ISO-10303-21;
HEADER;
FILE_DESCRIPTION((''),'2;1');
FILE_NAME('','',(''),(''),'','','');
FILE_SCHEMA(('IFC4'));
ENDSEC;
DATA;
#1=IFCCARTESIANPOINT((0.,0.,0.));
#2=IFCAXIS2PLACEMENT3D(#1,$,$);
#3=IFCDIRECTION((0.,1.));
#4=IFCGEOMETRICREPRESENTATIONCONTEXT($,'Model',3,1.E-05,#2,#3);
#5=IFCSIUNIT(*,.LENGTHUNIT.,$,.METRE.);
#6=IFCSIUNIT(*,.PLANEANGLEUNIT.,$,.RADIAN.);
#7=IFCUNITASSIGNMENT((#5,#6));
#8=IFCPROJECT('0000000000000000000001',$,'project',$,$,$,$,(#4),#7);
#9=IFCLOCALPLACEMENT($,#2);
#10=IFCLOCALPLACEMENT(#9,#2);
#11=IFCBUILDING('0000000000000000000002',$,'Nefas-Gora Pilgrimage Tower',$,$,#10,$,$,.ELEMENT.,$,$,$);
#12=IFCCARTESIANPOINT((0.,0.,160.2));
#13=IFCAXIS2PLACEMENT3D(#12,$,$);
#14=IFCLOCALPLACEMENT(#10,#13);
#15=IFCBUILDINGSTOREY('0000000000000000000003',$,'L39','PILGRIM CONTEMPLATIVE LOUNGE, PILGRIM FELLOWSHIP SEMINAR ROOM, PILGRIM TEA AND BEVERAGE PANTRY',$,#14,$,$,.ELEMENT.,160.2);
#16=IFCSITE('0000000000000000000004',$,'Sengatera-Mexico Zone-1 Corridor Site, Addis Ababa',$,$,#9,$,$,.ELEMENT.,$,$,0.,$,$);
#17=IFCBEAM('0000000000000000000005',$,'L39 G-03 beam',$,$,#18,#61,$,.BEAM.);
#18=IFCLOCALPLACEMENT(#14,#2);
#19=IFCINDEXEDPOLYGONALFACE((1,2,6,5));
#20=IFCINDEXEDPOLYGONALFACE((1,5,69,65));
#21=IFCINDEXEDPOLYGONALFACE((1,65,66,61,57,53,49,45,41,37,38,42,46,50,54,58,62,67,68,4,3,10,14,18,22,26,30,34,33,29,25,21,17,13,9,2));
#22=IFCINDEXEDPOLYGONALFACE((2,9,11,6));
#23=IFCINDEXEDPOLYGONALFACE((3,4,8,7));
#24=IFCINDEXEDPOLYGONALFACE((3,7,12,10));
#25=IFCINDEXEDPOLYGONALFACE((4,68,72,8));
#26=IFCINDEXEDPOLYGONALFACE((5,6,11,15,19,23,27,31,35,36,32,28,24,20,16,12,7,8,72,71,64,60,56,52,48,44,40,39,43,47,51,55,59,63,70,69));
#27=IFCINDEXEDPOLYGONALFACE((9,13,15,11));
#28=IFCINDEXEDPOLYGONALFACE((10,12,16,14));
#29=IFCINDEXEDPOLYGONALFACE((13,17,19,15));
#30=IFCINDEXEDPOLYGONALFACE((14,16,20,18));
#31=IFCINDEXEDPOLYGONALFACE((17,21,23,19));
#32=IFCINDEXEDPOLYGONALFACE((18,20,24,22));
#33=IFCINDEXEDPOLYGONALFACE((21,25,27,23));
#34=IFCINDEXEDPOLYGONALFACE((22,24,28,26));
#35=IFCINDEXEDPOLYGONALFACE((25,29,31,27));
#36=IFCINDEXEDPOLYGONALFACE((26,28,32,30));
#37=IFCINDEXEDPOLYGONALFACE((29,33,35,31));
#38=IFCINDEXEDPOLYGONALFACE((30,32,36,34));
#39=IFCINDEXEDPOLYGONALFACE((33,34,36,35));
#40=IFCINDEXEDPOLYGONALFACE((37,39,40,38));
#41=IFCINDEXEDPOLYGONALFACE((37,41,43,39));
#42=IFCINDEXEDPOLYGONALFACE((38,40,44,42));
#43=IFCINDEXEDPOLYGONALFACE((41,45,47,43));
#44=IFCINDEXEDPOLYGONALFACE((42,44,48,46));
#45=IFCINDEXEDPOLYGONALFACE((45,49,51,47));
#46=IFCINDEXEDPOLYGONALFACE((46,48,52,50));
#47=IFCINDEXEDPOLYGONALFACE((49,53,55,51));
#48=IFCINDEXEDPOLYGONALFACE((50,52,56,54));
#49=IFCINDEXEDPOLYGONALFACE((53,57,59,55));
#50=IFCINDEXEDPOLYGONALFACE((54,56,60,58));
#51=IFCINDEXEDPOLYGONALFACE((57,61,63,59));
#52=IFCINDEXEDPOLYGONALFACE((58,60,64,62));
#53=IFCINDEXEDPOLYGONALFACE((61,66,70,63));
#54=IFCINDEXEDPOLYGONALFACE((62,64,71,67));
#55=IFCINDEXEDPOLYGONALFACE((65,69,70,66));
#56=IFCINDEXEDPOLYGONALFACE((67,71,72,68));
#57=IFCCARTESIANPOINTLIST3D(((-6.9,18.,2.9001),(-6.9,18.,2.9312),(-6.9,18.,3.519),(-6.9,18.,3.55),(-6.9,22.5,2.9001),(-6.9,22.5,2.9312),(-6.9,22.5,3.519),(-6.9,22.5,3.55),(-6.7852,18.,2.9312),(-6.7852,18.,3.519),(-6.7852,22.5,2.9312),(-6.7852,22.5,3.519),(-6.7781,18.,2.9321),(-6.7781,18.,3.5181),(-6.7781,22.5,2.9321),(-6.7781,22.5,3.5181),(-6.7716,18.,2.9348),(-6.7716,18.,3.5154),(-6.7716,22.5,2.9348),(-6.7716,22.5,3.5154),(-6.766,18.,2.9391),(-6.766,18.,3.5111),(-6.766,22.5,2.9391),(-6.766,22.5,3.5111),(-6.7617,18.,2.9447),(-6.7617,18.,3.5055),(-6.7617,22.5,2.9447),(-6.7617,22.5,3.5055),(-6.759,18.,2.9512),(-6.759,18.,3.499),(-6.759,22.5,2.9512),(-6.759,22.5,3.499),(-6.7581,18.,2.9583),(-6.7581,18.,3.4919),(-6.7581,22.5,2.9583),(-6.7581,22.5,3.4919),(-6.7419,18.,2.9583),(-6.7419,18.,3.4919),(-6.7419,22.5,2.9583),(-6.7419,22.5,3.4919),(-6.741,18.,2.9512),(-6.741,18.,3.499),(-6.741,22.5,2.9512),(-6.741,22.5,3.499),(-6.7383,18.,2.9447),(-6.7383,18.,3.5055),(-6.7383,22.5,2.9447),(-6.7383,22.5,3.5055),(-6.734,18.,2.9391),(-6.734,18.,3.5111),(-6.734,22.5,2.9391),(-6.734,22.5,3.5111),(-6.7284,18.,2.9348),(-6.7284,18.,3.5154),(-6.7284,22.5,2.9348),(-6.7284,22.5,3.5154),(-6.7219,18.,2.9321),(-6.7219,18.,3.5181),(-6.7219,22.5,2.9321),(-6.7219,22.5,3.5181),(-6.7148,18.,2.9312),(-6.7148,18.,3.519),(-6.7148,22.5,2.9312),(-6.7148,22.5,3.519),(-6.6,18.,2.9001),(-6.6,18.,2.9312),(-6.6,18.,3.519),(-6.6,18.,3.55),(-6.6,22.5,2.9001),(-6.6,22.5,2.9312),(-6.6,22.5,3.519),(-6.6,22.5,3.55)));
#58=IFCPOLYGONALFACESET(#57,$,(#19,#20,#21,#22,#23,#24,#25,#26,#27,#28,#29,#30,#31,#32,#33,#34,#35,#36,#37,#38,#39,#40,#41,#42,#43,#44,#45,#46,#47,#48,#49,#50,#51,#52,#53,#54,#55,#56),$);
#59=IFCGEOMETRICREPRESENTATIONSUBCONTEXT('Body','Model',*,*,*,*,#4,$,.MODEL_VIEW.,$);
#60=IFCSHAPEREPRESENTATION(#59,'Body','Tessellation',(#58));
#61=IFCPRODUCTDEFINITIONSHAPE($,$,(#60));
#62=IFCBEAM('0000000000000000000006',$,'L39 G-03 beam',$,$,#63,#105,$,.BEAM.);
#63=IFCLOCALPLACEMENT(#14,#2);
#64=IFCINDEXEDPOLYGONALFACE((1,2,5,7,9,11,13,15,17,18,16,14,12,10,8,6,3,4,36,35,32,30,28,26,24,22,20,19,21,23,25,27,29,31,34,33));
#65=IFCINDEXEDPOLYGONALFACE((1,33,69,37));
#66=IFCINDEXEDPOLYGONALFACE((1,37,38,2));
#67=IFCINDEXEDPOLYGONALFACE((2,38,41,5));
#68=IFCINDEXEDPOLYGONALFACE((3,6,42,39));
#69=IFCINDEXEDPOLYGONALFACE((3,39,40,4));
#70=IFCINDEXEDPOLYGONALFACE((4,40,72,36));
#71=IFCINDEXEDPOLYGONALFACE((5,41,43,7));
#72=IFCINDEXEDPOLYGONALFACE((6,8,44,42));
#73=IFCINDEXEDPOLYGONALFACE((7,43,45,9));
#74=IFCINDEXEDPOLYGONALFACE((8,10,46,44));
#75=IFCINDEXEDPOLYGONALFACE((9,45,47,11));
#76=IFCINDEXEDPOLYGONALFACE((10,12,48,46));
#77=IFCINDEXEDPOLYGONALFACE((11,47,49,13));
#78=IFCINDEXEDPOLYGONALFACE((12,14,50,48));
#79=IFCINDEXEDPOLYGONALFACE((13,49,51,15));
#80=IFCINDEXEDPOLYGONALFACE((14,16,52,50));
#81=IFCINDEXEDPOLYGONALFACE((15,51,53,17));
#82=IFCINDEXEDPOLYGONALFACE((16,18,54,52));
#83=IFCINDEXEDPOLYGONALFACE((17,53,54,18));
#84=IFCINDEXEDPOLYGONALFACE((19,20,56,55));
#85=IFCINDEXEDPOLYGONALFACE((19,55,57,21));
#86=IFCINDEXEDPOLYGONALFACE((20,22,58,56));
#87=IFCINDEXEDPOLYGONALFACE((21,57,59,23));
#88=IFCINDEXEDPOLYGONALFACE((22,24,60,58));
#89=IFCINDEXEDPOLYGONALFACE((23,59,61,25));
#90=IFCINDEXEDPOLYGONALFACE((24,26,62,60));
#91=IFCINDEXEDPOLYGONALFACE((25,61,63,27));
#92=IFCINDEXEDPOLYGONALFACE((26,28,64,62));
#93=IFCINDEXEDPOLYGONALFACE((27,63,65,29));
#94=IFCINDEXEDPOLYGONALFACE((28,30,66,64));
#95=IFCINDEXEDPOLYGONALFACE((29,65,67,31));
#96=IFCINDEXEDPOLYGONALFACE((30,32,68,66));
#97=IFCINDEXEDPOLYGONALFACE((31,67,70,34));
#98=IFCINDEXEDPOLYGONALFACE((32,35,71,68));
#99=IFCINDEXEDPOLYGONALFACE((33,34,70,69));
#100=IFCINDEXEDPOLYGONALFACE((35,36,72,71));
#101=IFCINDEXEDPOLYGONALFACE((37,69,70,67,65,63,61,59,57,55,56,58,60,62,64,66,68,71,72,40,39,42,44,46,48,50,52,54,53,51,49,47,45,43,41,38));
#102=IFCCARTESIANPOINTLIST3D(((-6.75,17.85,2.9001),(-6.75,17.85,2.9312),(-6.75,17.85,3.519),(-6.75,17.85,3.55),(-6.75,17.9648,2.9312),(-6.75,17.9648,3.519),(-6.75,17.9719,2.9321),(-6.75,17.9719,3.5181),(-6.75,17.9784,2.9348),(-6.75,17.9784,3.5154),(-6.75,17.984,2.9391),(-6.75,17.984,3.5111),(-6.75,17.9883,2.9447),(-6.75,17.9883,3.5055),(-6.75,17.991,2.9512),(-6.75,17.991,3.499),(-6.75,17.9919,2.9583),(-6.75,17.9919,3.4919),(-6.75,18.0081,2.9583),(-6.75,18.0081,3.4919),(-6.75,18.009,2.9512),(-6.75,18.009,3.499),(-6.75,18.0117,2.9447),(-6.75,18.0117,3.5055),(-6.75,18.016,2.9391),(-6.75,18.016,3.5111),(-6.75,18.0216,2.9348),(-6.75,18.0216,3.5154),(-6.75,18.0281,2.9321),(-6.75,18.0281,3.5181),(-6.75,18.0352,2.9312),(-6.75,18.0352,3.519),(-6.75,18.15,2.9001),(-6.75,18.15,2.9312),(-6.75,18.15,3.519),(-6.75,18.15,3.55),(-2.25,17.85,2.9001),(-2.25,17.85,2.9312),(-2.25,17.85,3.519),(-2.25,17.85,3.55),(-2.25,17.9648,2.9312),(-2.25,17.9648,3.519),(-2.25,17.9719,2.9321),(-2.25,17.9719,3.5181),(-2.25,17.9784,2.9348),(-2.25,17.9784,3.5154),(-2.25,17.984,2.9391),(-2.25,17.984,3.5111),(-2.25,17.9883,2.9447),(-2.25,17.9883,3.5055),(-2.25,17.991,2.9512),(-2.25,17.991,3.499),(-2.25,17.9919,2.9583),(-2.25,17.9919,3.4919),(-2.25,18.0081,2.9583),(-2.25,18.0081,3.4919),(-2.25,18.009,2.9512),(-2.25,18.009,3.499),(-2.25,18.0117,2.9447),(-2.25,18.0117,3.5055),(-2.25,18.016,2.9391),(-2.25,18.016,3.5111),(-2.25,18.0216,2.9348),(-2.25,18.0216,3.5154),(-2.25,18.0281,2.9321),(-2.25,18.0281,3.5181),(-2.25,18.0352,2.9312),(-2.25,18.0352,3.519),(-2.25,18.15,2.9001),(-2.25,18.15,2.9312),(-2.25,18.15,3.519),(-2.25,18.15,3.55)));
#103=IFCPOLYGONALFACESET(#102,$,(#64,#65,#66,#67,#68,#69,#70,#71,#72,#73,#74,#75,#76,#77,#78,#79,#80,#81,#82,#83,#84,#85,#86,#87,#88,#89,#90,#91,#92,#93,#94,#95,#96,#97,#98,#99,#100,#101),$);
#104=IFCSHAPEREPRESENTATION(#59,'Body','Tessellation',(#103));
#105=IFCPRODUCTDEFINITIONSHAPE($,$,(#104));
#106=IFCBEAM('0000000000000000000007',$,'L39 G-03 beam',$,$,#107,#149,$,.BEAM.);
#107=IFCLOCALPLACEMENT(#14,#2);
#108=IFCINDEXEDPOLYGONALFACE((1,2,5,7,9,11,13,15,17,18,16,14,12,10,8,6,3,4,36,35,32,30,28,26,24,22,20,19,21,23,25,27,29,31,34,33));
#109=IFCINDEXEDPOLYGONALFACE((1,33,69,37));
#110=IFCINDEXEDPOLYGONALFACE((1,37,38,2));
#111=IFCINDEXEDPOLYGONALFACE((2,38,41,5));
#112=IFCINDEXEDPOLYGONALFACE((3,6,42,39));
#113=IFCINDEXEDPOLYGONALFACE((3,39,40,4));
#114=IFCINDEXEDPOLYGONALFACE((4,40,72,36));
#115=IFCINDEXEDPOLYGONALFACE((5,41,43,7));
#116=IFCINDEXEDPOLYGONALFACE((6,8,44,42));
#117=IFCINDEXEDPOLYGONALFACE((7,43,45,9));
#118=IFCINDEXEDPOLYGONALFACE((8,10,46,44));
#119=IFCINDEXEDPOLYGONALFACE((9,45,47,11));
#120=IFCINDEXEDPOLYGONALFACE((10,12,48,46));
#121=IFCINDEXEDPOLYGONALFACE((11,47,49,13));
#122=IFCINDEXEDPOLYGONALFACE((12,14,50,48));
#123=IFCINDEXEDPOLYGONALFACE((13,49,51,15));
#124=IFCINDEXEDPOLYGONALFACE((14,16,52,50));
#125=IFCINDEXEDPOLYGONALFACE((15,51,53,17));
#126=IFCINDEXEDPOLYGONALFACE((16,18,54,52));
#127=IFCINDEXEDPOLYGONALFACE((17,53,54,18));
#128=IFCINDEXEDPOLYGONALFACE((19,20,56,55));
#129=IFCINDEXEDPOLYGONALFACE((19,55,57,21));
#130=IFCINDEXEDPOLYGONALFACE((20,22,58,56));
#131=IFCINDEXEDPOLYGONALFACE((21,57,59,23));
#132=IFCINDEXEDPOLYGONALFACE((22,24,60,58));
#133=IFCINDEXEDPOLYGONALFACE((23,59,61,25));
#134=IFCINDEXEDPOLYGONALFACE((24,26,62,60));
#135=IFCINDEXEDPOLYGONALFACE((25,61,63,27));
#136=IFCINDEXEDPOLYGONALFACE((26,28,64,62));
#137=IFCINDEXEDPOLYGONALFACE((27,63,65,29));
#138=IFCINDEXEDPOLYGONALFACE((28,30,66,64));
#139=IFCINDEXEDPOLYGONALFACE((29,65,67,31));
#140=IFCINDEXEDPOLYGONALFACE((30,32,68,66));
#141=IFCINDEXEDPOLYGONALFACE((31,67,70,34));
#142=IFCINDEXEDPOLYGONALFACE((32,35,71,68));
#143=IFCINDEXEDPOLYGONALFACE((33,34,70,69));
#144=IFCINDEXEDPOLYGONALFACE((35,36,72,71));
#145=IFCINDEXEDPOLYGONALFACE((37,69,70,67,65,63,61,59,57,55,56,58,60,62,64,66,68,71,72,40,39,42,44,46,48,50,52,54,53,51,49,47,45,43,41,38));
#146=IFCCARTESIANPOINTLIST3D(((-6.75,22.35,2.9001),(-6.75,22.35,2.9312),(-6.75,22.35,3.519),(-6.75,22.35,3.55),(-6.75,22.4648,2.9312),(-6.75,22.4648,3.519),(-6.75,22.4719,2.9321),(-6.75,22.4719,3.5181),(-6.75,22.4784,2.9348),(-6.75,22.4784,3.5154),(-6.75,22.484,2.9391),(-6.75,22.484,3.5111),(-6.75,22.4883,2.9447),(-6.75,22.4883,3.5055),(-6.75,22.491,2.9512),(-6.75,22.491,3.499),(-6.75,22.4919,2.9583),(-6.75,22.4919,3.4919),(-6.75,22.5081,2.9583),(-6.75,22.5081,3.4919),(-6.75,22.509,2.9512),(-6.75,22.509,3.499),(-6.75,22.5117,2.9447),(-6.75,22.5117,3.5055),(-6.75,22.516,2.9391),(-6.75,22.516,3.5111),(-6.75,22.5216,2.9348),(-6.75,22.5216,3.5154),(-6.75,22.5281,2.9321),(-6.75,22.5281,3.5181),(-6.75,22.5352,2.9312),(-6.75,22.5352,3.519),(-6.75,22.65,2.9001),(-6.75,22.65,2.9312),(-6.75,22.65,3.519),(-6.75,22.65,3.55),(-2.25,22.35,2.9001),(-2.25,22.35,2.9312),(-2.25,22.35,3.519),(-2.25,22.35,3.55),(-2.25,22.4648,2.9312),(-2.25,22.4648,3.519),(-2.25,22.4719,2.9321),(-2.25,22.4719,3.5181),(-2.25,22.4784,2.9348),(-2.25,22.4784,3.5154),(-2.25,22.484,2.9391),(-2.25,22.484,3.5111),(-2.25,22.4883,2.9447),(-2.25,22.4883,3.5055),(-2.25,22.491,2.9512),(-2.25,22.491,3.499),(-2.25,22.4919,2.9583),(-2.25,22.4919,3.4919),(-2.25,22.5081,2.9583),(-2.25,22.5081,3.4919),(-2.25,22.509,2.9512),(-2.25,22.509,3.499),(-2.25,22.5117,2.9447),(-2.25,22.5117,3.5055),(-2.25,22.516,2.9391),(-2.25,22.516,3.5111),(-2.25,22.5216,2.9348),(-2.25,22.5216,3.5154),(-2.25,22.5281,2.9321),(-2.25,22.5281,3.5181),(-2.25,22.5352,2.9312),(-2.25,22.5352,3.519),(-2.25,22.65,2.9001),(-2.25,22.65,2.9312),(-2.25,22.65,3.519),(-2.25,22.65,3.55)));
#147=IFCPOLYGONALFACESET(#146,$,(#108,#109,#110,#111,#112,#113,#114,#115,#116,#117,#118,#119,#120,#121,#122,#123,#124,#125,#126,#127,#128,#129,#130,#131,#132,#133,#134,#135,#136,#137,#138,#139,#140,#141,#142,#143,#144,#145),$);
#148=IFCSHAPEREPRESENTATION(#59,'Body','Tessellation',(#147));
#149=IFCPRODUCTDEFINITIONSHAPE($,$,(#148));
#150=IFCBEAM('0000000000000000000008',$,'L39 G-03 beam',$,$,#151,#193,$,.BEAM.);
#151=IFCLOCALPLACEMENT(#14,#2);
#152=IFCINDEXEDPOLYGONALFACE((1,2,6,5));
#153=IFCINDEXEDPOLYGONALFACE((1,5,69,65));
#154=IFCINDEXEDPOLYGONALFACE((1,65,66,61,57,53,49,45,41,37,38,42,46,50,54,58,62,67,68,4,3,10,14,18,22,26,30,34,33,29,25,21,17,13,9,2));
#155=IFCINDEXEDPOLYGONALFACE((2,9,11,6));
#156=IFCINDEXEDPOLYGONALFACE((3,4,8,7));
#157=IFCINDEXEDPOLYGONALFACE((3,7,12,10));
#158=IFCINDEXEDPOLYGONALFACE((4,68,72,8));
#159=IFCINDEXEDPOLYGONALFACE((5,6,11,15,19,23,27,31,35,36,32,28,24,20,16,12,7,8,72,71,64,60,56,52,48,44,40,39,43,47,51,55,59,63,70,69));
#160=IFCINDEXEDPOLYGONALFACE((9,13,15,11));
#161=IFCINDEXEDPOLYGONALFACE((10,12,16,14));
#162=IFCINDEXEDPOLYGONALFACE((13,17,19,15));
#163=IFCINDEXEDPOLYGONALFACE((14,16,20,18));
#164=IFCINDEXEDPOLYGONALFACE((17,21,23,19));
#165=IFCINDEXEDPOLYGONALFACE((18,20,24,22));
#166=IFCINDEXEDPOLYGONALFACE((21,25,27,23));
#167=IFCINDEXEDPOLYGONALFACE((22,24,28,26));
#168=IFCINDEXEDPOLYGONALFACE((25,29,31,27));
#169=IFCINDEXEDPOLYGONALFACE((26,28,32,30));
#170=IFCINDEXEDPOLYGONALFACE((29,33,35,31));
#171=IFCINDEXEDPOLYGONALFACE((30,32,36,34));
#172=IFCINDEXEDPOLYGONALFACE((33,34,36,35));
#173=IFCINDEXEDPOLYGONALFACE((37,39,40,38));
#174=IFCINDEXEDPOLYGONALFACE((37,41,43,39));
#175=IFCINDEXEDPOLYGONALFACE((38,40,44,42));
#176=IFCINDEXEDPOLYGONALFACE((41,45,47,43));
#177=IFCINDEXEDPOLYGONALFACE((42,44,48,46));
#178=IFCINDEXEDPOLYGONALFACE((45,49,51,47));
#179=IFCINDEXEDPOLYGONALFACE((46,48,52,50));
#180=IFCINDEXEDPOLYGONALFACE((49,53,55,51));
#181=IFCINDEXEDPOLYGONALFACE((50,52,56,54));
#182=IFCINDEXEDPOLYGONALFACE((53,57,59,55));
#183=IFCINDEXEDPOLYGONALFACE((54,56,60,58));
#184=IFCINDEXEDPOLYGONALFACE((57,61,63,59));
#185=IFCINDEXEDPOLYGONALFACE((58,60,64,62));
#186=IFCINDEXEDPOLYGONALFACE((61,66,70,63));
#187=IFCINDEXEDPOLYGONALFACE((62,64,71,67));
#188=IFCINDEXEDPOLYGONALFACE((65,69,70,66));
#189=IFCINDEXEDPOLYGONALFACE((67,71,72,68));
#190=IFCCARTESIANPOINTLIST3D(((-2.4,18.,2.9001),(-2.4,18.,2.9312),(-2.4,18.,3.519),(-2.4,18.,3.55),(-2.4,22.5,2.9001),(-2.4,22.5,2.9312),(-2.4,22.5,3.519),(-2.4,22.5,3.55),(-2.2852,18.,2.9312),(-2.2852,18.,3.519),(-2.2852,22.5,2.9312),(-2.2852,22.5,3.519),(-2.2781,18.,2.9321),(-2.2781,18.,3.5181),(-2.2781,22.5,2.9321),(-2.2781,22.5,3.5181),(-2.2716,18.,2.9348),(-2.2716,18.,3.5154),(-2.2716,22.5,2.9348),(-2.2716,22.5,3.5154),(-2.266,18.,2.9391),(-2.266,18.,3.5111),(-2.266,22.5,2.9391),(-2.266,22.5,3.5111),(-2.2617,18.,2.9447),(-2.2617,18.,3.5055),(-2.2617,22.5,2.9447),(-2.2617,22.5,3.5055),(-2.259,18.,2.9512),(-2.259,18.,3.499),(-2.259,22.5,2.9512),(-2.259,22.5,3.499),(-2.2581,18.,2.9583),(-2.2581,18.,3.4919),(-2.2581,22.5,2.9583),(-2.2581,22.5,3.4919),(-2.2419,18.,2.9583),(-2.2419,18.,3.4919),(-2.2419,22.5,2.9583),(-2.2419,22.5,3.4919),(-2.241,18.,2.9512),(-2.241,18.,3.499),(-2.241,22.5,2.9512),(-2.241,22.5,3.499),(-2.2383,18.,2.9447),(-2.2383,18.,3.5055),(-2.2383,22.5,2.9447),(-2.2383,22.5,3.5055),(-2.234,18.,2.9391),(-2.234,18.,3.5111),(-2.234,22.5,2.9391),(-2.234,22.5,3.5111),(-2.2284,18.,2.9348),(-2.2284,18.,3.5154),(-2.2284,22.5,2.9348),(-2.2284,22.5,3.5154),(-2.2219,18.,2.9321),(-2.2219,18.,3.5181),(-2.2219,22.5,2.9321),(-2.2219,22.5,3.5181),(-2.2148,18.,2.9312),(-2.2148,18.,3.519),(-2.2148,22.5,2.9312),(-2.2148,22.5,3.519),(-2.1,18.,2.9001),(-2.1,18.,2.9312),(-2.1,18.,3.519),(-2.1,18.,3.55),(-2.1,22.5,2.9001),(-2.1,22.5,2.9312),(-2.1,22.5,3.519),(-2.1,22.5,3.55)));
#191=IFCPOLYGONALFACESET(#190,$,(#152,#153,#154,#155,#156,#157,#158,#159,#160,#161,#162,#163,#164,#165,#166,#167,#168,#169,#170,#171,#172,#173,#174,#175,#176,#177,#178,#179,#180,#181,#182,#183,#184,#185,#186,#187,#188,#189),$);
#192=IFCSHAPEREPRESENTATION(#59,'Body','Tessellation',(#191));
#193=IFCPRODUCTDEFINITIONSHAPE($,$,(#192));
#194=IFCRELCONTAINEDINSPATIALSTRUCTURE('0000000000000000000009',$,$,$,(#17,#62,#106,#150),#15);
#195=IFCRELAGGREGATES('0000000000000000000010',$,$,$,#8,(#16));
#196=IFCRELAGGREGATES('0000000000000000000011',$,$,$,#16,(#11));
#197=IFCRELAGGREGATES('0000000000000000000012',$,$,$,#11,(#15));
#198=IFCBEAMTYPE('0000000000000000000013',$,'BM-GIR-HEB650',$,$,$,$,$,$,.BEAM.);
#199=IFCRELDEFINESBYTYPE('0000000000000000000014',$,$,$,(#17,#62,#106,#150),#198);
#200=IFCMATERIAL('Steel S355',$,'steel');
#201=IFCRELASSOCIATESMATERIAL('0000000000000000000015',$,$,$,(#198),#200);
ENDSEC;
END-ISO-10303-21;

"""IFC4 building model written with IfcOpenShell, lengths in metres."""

from ifc_helpers import new_model, si_unit, direction, frame, origin, origin_2d, place, context, subcontext, project, spatial, i_section, extrude, source, transform, mapped, material, material_profile, profile_set, type_object, element, save


model = new_model("IFC4")

# Units and contexts
model_context = context("Model", 3, precision=1e-05, world=origin(), true_north=direction((0.0, 1.0)))
body_context = subcontext(model_context, "Body", "Model", "MODEL_VIEW")
ifc_project = project(units=[si_unit("LENGTHUNIT", "METRE"), si_unit("PLANEANGLEUNIT", "RADIAN")], contexts=[model_context])

# Site, building, storey
site_placement = place(None, origin())
site = spatial("IfcSite", under=ifc_project, at=site_placement, Name="Sengatera-Mexico Zone-1 Corridor Site, Addis Ababa", CompositionType="ELEMENT", RefElevation=0.0)
building_placement = place(site_placement, origin())
building = spatial("IfcBuilding", under=site, at=building_placement, Name="Nefas-Gora Pilgrimage Tower", CompositionType="ELEMENT")
storey_placement = place(building_placement, frame((0.0, 0.0, 160.2)))
storey = spatial("IfcBuildingStorey", under=building, at=storey_placement, Name="L39", Description="PILGRIM CONTEMPLATIVE LOUNGE, PILGRIM FELLOWSHIP SEMINAR ROOM, PILGRIM TEA AND BEVERAGE PANTRY", CompositionType="ELEMENT", Elevation=160.2)

# Beams
ifc_material_1 = material(Name="Steel S355", Category="steel")
ifc_material_profile_1 = material_profile(ifc_material_1, i_section(OverallWidth=0.3, OverallDepth=0.6499, WebThickness=0.0161, FlangeThickness=0.031, FilletRadius=0.0271, at=origin_2d()), Name="HEB 650")
ifc_profile_set_1 = profile_set([ifc_material_profile_1], Name="Steel S355")
beam_type = type_object("IfcBeamType", Name="BM-GIR-HEB650", PredefinedType="BEAM", material=ifc_profile_set_1)
shared_shape_1 = source(origin(), body_context, "Body", "SweptSolid", [
    extrude(i_section(OverallWidth=0.3, OverallDepth=0.6499, WebThickness=0.0161, FlangeThickness=0.031, FilletRadius=0.0271, at=origin_2d()), origin(), (0.0, 0.0, 1.0), 4.5),
])
for number, where, z_axis, x_axis, name in (
    (1, (-6.75, 18.0, 3.2251), (0.0, 1.0, 0.0), (-1.0, 0.0, 0.0), "L39 G-03 beam"),
    (2, (-6.75, 18.0, 3.2251), (1.0, 0.0, 0.0), (0.0, 1.0, 0.0), "L39 G-03 beam"),
    (3, (-6.75, 22.5, 3.2251), (1.0, 0.0, 0.0), (0.0, 1.0, 0.0), "L39 G-03 beam"),
    (4, (-2.25, 18.0, 3.2251), (0.0, 1.0, 0.0), (-1.0, 0.0, 0.0), "L39 G-03 beam"),
):
    element("IfcBeam", number, at=place(storey_placement, frame(where, z_axis=z_axis, x_axis=x_axis)), inside=storey, type_object=beam_type, Name=name, PredefinedType="BEAM", context=body_context, shape_type="MappedRepresentation", body=[
        mapped(shared_shape_1, transform((0.0, 0.0, 0.0), x_axis=(1.0, 0.0, 0.0), y_axis=(0.0, 1.0, 0.0), z_axis=(0.0, 0.0, 1.0), scale=1.0)),
    ])

save(model, "model.ifc")
